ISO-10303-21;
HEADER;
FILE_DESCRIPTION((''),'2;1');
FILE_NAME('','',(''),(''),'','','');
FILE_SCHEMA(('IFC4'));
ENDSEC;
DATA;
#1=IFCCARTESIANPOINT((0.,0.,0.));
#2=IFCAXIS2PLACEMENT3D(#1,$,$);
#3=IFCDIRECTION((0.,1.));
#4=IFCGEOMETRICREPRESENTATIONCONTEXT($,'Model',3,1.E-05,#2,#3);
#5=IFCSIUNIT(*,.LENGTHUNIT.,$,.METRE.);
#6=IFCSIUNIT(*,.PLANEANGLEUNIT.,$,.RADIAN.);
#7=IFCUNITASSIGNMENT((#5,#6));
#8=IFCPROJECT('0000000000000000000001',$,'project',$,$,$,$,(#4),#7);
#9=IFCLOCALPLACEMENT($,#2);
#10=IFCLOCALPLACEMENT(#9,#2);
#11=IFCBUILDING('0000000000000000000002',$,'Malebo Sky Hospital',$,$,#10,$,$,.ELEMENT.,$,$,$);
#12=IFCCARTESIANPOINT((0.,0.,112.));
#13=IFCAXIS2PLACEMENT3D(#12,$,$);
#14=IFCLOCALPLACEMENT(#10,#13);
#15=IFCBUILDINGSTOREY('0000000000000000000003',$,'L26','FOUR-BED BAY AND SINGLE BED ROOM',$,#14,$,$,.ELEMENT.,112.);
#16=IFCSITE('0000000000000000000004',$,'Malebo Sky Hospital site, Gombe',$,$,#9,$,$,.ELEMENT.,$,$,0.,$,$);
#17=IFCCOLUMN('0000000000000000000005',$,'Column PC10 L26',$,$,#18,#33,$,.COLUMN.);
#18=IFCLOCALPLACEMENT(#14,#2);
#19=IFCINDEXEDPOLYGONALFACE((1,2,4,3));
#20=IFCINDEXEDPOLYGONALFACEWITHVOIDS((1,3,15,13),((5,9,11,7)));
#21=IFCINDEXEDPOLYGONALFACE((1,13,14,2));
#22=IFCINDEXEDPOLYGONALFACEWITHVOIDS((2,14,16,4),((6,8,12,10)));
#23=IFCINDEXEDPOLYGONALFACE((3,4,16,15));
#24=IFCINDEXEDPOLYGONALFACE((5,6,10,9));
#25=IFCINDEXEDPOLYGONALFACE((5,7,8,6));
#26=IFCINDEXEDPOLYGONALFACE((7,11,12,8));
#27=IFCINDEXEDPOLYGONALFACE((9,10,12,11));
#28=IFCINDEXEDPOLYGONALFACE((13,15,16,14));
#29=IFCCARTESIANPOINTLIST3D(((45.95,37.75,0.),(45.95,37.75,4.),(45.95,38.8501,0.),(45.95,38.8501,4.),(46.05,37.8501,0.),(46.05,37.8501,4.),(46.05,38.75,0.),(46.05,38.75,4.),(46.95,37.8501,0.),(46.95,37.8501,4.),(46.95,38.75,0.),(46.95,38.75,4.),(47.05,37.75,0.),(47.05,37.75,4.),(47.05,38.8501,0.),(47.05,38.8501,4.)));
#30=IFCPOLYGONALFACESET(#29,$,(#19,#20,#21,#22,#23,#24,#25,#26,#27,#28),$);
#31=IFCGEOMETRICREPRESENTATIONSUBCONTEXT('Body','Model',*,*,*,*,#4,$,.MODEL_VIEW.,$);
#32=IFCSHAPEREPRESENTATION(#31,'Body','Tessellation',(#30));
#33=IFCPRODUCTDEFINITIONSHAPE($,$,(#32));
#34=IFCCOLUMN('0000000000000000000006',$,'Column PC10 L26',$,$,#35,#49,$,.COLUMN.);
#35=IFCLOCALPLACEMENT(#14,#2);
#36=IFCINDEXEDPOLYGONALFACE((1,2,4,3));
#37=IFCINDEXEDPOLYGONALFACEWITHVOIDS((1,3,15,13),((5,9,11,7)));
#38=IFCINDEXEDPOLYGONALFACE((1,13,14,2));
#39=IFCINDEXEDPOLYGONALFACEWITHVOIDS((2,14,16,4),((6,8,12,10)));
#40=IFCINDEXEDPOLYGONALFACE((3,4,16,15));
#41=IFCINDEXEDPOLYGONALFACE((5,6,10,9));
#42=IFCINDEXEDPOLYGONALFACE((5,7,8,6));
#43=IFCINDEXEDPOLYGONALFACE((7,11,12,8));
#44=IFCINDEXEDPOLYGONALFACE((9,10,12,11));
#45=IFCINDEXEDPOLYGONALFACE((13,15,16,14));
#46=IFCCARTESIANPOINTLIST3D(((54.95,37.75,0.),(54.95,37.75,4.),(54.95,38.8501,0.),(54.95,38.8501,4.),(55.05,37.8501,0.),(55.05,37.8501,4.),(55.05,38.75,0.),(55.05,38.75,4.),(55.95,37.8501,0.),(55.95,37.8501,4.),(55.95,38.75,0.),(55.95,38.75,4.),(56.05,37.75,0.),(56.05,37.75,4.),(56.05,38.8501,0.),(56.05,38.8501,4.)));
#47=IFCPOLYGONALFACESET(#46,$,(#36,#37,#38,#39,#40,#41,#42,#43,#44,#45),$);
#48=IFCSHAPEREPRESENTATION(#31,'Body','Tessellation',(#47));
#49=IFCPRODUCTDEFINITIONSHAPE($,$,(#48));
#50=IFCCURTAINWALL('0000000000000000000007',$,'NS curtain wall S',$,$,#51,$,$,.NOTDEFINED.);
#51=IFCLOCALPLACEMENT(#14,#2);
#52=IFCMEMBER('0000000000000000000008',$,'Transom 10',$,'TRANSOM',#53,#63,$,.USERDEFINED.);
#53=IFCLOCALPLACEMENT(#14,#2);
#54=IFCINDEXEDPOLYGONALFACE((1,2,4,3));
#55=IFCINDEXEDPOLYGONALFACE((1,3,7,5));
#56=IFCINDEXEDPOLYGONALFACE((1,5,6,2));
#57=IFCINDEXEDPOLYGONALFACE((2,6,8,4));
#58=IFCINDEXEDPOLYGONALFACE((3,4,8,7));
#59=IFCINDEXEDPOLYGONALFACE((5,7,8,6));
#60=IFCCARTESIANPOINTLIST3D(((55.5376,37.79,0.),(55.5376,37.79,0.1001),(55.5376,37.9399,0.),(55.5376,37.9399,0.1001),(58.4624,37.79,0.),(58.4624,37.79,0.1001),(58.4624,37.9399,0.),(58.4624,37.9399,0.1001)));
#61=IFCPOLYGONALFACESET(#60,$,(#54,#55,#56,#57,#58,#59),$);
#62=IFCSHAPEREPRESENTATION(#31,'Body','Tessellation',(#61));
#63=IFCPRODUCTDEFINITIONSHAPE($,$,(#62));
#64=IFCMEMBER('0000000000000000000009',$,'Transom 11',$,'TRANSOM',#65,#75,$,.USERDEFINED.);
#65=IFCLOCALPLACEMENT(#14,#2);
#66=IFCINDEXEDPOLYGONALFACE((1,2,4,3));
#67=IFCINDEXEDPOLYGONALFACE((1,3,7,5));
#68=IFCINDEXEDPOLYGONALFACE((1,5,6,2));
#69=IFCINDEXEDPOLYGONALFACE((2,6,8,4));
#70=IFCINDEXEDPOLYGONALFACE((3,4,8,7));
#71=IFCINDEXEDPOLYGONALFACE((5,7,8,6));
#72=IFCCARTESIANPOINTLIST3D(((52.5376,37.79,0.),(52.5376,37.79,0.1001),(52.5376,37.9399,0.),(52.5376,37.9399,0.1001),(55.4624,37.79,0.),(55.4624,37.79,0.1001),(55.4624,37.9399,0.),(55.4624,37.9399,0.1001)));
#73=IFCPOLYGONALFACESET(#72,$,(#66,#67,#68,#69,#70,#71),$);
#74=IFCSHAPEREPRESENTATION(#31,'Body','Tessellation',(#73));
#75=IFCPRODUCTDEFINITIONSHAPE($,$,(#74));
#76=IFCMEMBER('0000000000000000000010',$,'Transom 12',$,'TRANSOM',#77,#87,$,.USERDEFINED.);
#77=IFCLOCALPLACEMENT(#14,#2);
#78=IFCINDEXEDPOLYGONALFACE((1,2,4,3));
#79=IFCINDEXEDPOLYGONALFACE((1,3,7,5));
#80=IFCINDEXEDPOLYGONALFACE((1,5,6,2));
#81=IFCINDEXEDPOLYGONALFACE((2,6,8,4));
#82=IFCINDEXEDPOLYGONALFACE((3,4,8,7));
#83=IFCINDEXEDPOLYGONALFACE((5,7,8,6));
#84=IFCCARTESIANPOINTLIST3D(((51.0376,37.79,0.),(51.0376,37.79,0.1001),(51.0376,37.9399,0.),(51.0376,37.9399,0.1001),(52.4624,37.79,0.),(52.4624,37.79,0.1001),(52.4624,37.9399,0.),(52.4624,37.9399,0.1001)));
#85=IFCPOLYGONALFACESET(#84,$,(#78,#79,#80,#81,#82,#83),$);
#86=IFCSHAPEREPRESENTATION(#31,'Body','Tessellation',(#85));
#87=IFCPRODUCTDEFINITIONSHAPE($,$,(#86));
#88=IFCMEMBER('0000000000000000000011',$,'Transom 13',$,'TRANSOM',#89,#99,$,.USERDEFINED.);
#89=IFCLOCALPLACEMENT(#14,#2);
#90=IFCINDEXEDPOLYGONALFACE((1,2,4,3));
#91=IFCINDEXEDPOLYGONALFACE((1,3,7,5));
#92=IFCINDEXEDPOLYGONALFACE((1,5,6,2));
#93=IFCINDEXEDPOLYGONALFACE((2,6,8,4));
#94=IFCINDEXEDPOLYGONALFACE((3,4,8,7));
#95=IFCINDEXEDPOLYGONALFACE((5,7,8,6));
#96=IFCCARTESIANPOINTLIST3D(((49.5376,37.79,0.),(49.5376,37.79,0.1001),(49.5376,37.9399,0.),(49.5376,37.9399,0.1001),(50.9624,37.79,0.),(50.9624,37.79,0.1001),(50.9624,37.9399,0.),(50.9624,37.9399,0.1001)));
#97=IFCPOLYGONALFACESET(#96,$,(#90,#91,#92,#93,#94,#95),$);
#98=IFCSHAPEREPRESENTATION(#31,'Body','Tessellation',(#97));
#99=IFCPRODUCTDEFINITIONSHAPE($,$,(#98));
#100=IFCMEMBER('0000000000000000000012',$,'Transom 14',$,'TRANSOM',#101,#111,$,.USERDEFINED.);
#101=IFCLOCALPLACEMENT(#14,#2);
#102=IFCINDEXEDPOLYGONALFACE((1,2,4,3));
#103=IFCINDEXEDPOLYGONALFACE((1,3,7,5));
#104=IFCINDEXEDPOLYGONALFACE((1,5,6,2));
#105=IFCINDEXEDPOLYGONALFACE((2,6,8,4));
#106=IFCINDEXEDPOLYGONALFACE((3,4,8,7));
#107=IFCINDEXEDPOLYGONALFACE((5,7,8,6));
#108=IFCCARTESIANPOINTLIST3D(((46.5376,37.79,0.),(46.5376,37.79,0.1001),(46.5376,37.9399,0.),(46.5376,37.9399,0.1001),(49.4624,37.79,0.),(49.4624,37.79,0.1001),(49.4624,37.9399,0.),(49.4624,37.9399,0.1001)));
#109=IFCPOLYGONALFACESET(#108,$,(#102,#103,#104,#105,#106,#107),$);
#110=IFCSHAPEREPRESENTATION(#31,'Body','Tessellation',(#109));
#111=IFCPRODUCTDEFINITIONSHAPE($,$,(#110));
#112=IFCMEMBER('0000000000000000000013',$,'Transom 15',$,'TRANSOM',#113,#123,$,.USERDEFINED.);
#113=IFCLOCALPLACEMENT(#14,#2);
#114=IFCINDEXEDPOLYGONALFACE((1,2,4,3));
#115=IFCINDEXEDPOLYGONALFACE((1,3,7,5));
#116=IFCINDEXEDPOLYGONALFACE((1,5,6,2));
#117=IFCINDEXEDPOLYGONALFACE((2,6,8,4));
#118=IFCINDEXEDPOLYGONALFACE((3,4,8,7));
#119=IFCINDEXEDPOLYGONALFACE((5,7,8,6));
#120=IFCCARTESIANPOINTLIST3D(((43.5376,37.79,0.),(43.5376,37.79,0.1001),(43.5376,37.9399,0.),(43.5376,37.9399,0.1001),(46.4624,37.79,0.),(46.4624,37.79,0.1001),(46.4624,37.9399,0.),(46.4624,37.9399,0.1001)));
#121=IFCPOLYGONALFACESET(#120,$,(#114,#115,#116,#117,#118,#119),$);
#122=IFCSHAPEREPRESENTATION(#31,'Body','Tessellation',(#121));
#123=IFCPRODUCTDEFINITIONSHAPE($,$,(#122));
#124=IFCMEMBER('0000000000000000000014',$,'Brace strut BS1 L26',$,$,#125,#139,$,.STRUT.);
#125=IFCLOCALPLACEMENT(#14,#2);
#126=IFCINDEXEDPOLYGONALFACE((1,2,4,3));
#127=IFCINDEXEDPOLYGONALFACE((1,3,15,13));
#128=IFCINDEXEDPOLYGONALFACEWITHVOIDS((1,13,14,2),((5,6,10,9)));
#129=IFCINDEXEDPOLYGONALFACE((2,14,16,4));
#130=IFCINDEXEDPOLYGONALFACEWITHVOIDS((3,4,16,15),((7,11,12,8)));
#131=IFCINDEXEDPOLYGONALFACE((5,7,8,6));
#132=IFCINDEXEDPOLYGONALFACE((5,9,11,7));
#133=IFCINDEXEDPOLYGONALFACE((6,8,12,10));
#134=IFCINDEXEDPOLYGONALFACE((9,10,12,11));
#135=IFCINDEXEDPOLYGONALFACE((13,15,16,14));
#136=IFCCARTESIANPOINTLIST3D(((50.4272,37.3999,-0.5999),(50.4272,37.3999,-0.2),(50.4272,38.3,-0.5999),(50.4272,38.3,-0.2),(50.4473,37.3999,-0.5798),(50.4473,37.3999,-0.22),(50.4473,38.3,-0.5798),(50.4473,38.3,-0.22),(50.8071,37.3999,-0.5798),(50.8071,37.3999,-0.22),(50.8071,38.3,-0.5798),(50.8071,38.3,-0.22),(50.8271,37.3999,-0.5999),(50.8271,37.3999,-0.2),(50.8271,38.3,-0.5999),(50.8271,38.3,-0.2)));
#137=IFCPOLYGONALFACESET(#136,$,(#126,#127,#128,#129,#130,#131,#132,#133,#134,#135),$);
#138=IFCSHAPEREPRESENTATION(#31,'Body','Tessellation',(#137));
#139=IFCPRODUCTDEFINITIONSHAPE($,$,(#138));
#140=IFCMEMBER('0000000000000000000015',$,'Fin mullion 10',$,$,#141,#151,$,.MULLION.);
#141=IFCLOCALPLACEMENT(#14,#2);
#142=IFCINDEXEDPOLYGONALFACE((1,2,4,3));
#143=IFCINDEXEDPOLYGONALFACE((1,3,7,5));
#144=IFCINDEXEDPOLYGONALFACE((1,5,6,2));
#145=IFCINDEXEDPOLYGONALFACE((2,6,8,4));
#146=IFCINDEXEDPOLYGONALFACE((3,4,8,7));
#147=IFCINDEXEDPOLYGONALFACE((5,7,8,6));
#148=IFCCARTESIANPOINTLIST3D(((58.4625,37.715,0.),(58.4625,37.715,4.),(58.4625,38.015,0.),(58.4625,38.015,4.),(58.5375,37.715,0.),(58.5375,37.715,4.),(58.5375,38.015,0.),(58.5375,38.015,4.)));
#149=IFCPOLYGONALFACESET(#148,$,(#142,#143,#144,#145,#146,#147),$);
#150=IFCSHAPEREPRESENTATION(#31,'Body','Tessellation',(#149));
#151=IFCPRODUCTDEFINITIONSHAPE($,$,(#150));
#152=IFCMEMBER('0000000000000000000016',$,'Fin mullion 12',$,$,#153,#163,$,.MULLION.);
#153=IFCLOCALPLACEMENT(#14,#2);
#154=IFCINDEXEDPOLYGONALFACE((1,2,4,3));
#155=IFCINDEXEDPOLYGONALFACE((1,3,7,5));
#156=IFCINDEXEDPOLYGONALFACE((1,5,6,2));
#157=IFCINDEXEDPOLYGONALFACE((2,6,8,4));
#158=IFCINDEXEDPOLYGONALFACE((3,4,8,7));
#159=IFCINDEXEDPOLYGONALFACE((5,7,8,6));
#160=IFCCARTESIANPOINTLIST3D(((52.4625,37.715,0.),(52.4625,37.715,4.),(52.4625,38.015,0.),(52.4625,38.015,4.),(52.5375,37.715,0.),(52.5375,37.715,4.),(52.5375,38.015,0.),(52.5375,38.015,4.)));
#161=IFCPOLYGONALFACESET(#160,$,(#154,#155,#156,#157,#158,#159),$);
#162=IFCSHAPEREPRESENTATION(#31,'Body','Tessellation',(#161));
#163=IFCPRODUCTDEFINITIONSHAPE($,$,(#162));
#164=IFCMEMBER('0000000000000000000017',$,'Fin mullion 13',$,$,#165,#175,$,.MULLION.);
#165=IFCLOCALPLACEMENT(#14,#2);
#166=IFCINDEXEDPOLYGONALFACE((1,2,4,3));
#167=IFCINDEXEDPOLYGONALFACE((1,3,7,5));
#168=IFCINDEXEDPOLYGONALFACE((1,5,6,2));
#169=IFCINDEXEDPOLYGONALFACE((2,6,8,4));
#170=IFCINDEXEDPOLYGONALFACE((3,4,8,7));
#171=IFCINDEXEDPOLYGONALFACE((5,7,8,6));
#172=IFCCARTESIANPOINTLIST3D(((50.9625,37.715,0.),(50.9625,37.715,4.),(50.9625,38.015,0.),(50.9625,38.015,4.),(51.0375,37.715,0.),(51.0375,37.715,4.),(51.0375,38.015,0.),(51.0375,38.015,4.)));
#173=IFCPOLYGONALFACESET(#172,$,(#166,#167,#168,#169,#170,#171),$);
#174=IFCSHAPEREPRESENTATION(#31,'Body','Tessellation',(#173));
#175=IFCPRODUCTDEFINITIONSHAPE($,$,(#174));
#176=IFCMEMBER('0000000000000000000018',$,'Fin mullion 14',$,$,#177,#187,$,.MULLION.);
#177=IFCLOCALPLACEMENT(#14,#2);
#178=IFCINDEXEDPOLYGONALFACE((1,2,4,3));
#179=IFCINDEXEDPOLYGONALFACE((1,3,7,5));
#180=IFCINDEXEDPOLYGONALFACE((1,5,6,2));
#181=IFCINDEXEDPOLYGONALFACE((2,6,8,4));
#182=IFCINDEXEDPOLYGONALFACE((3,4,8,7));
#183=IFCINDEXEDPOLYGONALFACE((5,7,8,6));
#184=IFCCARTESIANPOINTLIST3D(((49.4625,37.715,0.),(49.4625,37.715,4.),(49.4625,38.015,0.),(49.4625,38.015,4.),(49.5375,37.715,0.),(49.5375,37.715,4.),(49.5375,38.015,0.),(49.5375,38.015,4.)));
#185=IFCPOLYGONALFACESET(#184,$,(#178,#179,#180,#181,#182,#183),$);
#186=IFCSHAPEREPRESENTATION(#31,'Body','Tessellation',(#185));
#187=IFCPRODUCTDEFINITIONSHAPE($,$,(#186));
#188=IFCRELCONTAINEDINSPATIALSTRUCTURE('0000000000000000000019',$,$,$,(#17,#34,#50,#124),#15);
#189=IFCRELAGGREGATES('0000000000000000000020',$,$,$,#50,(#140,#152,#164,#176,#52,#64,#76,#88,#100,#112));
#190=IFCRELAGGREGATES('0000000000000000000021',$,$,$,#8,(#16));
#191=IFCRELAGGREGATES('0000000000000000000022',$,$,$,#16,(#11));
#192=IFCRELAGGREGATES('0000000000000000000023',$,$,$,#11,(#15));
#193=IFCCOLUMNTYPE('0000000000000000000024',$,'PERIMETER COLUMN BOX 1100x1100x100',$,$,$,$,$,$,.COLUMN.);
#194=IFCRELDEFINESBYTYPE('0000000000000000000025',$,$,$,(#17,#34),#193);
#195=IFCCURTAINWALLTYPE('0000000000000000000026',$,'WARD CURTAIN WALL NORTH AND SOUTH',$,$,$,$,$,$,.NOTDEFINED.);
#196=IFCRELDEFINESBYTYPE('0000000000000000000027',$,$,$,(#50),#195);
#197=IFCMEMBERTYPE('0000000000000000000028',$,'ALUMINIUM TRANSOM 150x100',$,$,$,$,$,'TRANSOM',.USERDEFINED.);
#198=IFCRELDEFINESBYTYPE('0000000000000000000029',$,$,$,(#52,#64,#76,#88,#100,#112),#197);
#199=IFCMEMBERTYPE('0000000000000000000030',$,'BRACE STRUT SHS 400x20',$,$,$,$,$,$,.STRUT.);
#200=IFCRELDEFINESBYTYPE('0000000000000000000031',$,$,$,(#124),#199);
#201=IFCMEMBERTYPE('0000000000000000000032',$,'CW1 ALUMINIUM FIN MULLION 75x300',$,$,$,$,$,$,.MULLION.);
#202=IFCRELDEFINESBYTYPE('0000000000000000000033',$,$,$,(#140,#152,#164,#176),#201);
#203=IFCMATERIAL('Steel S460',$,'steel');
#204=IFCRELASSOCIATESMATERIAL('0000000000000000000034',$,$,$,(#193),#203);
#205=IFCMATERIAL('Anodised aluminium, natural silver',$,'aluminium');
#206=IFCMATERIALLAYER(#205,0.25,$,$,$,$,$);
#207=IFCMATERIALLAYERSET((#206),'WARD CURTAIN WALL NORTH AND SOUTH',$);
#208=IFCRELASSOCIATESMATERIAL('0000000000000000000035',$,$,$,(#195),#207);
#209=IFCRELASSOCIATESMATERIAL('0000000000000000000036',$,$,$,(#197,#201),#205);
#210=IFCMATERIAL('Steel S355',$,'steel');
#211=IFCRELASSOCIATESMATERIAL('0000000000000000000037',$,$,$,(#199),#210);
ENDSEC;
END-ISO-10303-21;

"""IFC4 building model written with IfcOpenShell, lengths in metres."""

from ifc_helpers import new_model, si_unit, direction, frame, origin, origin_2d, place, context, subcontext, project, spatial, rectangle, hollow_rectangle, extrude, material, layer, layer_set, material_profile, profile_set, type_object, element, aggregate, save


model = new_model("IFC4")

# Units and contexts
model_context = context("Model", 3, precision=1e-05, world=origin(), true_north=direction((0.0, 1.0)))
body_context = subcontext(model_context, "Body", "Model", "MODEL_VIEW")
ifc_project = project(units=[si_unit("LENGTHUNIT", "METRE"), si_unit("PLANEANGLEUNIT", "RADIAN")], contexts=[model_context])

# Site, building, storey
site_placement = place(None, origin())
site = spatial("IfcSite", under=ifc_project, at=site_placement, Name="Malebo Sky Hospital site, Gombe", CompositionType="ELEMENT", RefElevation=0.0)
building_placement = place(site_placement, origin())
building = spatial("IfcBuilding", under=site, at=building_placement, Name="Malebo Sky Hospital", CompositionType="ELEMENT")
storey_placement = place(building_placement, frame((0.0, 0.0, 112.0)))
storey = spatial("IfcBuildingStorey", under=building, at=storey_placement, Name="L26", Description="FOUR-BED BAY AND SINGLE BED ROOM", CompositionType="ELEMENT", Elevation=112.0)

# Columns
ifc_material_1 = material(Name="Steel S460", Category="steel")
ifc_material_profile_1 = material_profile(ifc_material_1, hollow_rectangle(XDim=1.1001, YDim=1.1001, WallThickness=0.1001, at=origin_2d()), Name="BOX 1100x1100x100")
ifc_profile_set_1 = profile_set([ifc_material_profile_1], Name="Steel S460")
column_type = type_object("IfcColumnType", Name="PERIMETER COLUMN BOX 1100x1100x100", PredefinedType="COLUMN", material=ifc_profile_set_1)
for number, where, z_axis, x_axis, name in (
    (1, (46.5, 38.3, 0.0), (0.0, 0.0, 1.0), (1.0, 0.0, 0.0), "Column PC10 L26"),
    (2, (55.5, 38.3, 0.0), (0.0, 0.0, 1.0), (1.0, 0.0, 0.0), "Column PC10 L26"),
):
    element("IfcColumn", number, at=place(storey_placement, frame(where, z_axis=z_axis, x_axis=x_axis)), inside=storey, type_object=column_type, Name=name, PredefinedType="COLUMN", context=body_context, shape_type="SweptSolid", body=[
        extrude(hollow_rectangle(XDim=1.1001, YDim=1.1001, WallThickness=0.1001, at=origin_2d()), origin(), (0.0, 0.0, 1.0), 4.0),
    ])

# Curtain wall, members
ifc_material_2 = material(Name="Anodised aluminium, natural silver", Category="aluminium")
ifc_layer_1 = layer(ifc_material_2, 0.25)
ifc_layer_set_1 = layer_set([ifc_layer_1], Name="WARD CURTAIN WALL NORTH AND SOUTH")
curtain_wall_type = type_object("IfcCurtainWallType", Name="WARD CURTAIN WALL NORTH AND SOUTH", PredefinedType="NOTDEFINED", material=ifc_layer_set_1)
curtain_wall_placement = place(storey_placement, origin())
curtain_wall = element("IfcCurtainWall", 3, at=curtain_wall_placement, inside=storey, type_object=curtain_wall_type, Name="NS curtain wall S", PredefinedType="NOTDEFINED")
ifc_material_profile_2 = material_profile(ifc_material_2, rectangle(XDim=0.1499, YDim=0.1001, at=origin_2d()), Name="ALUMINIUM TRANSOM 150x100")
ifc_profile_set_2 = profile_set([ifc_material_profile_2], Name="Anodised aluminium, natural silver")
member_type_1 = type_object("IfcMemberType", Name="ALUMINIUM TRANSOM 150x100", ElementType="TRANSOM", PredefinedType="USERDEFINED", material=ifc_profile_set_2)
member_1_placement = place(storey_placement, frame((58.4624, 37.865, 0.05), z_axis=(-1.0, 0.0, 0.0), x_axis=(0.0, -1.0, 0.0)))
member_1 = element("IfcMember", 4, at=member_1_placement, type_object=member_type_1, Name="Transom 10", ObjectType="TRANSOM", PredefinedType="USERDEFINED", context=body_context, shape_type="SweptSolid", body=[
    extrude(rectangle(XDim=0.1499, YDim=0.1001, at=origin_2d()), origin(), (0.0, 0.0, 1.0), 2.9248),
])
member_2_placement = place(storey_placement, frame((55.4624, 37.865, 0.05), z_axis=(-1.0, 0.0, 0.0), x_axis=(0.0, -1.0, 0.0)))
member_2 = element("IfcMember", 5, at=member_2_placement, type_object=member_type_1, Name="Transom 11", ObjectType="TRANSOM", PredefinedType="USERDEFINED", context=body_context, shape_type="SweptSolid", body=[
    extrude(rectangle(XDim=0.1499, YDim=0.1001, at=origin_2d()), origin(), (0.0, 0.0, 1.0), 2.9248),
])
member_3_placement = place(storey_placement, frame((52.4624, 37.865, 0.05), z_axis=(-1.0, 0.0, 0.0), x_axis=(0.0, -1.0, 0.0)))
member_3 = element("IfcMember", 6, at=member_3_placement, type_object=member_type_1, Name="Transom 12", ObjectType="TRANSOM", PredefinedType="USERDEFINED", context=body_context, shape_type="SweptSolid", body=[
    extrude(rectangle(XDim=0.1499, YDim=0.1001, at=origin_2d()), origin(), (0.0, 0.0, 1.0), 1.4248),
])
member_4_placement = place(storey_placement, frame((50.9624, 37.865, 0.05), z_axis=(-1.0, 0.0, 0.0), x_axis=(0.0, -1.0, 0.0)))
member_4 = element("IfcMember", 7, at=member_4_placement, type_object=member_type_1, Name="Transom 13", ObjectType="TRANSOM", PredefinedType="USERDEFINED", context=body_context, shape_type="SweptSolid", body=[
    extrude(rectangle(XDim=0.1499, YDim=0.1001, at=origin_2d()), origin(), (0.0, 0.0, 1.0), 1.4248),
])
member_5_placement = place(storey_placement, frame((49.4624, 37.865, 0.05), z_axis=(-1.0, 0.0, 0.0), x_axis=(0.0, -1.0, 0.0)))
member_5 = element("IfcMember", 8, at=member_5_placement, type_object=member_type_1, Name="Transom 14", ObjectType="TRANSOM", PredefinedType="USERDEFINED", context=body_context, shape_type="SweptSolid", body=[
    extrude(rectangle(XDim=0.1499, YDim=0.1001, at=origin_2d()), origin(), (0.0, 0.0, 1.0), 2.9248),
])
member_6_placement = place(storey_placement, frame((46.4624, 37.865, 0.05), z_axis=(-1.0, 0.0, 0.0), x_axis=(0.0, -1.0, 0.0)))
member_6 = element("IfcMember", 9, at=member_6_placement, type_object=member_type_1, Name="Transom 15", ObjectType="TRANSOM", PredefinedType="USERDEFINED", context=body_context, shape_type="SweptSolid", body=[
    extrude(rectangle(XDim=0.1499, YDim=0.1001, at=origin_2d()), origin(), (0.0, 0.0, 1.0), 2.9248),
])

# Members
ifc_material_3 = material(Name="Steel S355", Category="steel")
ifc_material_profile_3 = material_profile(ifc_material_3, hollow_rectangle(XDim=0.3999, YDim=0.3999, WallThickness=0.02, at=origin_2d()), Name="SHS 400x20")
ifc_profile_set_3 = profile_set([ifc_material_profile_3], Name="Steel S355")
member_type_2 = type_object("IfcMemberType", Name="BRACE STRUT SHS 400x20", PredefinedType="STRUT", material=ifc_profile_set_3)
member_7_placement = place(storey_placement, frame((50.6272, 37.3999, -0.3999), z_axis=(0.0, 1.0, 0.0), x_axis=(-1.0, 0.0, 0.0)))
element("IfcMember", 10, at=member_7_placement, inside=storey, type_object=member_type_2, Name="Brace strut BS1 L26", PredefinedType="STRUT", context=body_context, shape_type="SweptSolid", body=[
    extrude(hollow_rectangle(XDim=0.3999, YDim=0.3999, WallThickness=0.02, at=origin_2d()), origin(), (0.0, 0.0, 1.0), 0.9001),
])
ifc_material_profile_4 = material_profile(ifc_material_2, rectangle(XDim=0.075, YDim=0.3, at=origin_2d()), Name="CW1 ALUMINIUM FIN MULLION 75x300")
ifc_profile_set_4 = profile_set([ifc_material_profile_4], Name="Anodised aluminium, natural silver")
member_type_3 = type_object("IfcMemberType", Name="CW1 ALUMINIUM FIN MULLION 75x300", PredefinedType="MULLION", material=ifc_profile_set_4)
member_8_placement = place(storey_placement, frame((58.5, 37.865, 0.0), z_axis=(0.0, 0.0, 1.0), x_axis=(-1.0, 0.0, 0.0)))
member_8 = element("IfcMember", 11, at=member_8_placement, type_object=member_type_3, Name="Fin mullion 10", PredefinedType="MULLION", context=body_context, shape_type="SweptSolid", body=[
    extrude(rectangle(XDim=0.075, YDim=0.3, at=origin_2d()), origin(), (0.0, 0.0, 1.0), 4.0),
])
member_9_placement = place(storey_placement, frame((52.5, 37.865, 0.0), z_axis=(0.0, 0.0, 1.0), x_axis=(-1.0, 0.0, 0.0)))
member_9 = element("IfcMember", 12, at=member_9_placement, type_object=member_type_3, Name="Fin mullion 12", PredefinedType="MULLION", context=body_context, shape_type="SweptSolid", body=[
    extrude(rectangle(XDim=0.075, YDim=0.3, at=origin_2d()), origin(), (0.0, 0.0, 1.0), 4.0),
])
member_10_placement = place(storey_placement, frame((51.0, 37.865, 0.0), z_axis=(0.0, 0.0, 1.0), x_axis=(-1.0, 0.0, 0.0)))
member_10 = element("IfcMember", 13, at=member_10_placement, type_object=member_type_3, Name="Fin mullion 13", PredefinedType="MULLION", context=body_context, shape_type="SweptSolid", body=[
    extrude(rectangle(XDim=0.075, YDim=0.3, at=origin_2d()), origin(), (0.0, 0.0, 1.0), 4.0),
])
member_11_placement = place(storey_placement, frame((49.5, 37.865, 0.0), z_axis=(0.0, 0.0, 1.0), x_axis=(-1.0, 0.0, 0.0)))
member_11 = element("IfcMember", 14, at=member_11_placement, type_object=member_type_3, Name="Fin mullion 14", PredefinedType="MULLION", context=body_context, shape_type="SweptSolid", body=[
    extrude(rectangle(XDim=0.075, YDim=0.3, at=origin_2d()), origin(), (0.0, 0.0, 1.0), 4.0),
])

aggregate(curtain_wall, [member_8, member_9, member_10, member_11, member_1, member_2, member_3, member_4, member_5, member_6])

save(model, "model.ifc")
